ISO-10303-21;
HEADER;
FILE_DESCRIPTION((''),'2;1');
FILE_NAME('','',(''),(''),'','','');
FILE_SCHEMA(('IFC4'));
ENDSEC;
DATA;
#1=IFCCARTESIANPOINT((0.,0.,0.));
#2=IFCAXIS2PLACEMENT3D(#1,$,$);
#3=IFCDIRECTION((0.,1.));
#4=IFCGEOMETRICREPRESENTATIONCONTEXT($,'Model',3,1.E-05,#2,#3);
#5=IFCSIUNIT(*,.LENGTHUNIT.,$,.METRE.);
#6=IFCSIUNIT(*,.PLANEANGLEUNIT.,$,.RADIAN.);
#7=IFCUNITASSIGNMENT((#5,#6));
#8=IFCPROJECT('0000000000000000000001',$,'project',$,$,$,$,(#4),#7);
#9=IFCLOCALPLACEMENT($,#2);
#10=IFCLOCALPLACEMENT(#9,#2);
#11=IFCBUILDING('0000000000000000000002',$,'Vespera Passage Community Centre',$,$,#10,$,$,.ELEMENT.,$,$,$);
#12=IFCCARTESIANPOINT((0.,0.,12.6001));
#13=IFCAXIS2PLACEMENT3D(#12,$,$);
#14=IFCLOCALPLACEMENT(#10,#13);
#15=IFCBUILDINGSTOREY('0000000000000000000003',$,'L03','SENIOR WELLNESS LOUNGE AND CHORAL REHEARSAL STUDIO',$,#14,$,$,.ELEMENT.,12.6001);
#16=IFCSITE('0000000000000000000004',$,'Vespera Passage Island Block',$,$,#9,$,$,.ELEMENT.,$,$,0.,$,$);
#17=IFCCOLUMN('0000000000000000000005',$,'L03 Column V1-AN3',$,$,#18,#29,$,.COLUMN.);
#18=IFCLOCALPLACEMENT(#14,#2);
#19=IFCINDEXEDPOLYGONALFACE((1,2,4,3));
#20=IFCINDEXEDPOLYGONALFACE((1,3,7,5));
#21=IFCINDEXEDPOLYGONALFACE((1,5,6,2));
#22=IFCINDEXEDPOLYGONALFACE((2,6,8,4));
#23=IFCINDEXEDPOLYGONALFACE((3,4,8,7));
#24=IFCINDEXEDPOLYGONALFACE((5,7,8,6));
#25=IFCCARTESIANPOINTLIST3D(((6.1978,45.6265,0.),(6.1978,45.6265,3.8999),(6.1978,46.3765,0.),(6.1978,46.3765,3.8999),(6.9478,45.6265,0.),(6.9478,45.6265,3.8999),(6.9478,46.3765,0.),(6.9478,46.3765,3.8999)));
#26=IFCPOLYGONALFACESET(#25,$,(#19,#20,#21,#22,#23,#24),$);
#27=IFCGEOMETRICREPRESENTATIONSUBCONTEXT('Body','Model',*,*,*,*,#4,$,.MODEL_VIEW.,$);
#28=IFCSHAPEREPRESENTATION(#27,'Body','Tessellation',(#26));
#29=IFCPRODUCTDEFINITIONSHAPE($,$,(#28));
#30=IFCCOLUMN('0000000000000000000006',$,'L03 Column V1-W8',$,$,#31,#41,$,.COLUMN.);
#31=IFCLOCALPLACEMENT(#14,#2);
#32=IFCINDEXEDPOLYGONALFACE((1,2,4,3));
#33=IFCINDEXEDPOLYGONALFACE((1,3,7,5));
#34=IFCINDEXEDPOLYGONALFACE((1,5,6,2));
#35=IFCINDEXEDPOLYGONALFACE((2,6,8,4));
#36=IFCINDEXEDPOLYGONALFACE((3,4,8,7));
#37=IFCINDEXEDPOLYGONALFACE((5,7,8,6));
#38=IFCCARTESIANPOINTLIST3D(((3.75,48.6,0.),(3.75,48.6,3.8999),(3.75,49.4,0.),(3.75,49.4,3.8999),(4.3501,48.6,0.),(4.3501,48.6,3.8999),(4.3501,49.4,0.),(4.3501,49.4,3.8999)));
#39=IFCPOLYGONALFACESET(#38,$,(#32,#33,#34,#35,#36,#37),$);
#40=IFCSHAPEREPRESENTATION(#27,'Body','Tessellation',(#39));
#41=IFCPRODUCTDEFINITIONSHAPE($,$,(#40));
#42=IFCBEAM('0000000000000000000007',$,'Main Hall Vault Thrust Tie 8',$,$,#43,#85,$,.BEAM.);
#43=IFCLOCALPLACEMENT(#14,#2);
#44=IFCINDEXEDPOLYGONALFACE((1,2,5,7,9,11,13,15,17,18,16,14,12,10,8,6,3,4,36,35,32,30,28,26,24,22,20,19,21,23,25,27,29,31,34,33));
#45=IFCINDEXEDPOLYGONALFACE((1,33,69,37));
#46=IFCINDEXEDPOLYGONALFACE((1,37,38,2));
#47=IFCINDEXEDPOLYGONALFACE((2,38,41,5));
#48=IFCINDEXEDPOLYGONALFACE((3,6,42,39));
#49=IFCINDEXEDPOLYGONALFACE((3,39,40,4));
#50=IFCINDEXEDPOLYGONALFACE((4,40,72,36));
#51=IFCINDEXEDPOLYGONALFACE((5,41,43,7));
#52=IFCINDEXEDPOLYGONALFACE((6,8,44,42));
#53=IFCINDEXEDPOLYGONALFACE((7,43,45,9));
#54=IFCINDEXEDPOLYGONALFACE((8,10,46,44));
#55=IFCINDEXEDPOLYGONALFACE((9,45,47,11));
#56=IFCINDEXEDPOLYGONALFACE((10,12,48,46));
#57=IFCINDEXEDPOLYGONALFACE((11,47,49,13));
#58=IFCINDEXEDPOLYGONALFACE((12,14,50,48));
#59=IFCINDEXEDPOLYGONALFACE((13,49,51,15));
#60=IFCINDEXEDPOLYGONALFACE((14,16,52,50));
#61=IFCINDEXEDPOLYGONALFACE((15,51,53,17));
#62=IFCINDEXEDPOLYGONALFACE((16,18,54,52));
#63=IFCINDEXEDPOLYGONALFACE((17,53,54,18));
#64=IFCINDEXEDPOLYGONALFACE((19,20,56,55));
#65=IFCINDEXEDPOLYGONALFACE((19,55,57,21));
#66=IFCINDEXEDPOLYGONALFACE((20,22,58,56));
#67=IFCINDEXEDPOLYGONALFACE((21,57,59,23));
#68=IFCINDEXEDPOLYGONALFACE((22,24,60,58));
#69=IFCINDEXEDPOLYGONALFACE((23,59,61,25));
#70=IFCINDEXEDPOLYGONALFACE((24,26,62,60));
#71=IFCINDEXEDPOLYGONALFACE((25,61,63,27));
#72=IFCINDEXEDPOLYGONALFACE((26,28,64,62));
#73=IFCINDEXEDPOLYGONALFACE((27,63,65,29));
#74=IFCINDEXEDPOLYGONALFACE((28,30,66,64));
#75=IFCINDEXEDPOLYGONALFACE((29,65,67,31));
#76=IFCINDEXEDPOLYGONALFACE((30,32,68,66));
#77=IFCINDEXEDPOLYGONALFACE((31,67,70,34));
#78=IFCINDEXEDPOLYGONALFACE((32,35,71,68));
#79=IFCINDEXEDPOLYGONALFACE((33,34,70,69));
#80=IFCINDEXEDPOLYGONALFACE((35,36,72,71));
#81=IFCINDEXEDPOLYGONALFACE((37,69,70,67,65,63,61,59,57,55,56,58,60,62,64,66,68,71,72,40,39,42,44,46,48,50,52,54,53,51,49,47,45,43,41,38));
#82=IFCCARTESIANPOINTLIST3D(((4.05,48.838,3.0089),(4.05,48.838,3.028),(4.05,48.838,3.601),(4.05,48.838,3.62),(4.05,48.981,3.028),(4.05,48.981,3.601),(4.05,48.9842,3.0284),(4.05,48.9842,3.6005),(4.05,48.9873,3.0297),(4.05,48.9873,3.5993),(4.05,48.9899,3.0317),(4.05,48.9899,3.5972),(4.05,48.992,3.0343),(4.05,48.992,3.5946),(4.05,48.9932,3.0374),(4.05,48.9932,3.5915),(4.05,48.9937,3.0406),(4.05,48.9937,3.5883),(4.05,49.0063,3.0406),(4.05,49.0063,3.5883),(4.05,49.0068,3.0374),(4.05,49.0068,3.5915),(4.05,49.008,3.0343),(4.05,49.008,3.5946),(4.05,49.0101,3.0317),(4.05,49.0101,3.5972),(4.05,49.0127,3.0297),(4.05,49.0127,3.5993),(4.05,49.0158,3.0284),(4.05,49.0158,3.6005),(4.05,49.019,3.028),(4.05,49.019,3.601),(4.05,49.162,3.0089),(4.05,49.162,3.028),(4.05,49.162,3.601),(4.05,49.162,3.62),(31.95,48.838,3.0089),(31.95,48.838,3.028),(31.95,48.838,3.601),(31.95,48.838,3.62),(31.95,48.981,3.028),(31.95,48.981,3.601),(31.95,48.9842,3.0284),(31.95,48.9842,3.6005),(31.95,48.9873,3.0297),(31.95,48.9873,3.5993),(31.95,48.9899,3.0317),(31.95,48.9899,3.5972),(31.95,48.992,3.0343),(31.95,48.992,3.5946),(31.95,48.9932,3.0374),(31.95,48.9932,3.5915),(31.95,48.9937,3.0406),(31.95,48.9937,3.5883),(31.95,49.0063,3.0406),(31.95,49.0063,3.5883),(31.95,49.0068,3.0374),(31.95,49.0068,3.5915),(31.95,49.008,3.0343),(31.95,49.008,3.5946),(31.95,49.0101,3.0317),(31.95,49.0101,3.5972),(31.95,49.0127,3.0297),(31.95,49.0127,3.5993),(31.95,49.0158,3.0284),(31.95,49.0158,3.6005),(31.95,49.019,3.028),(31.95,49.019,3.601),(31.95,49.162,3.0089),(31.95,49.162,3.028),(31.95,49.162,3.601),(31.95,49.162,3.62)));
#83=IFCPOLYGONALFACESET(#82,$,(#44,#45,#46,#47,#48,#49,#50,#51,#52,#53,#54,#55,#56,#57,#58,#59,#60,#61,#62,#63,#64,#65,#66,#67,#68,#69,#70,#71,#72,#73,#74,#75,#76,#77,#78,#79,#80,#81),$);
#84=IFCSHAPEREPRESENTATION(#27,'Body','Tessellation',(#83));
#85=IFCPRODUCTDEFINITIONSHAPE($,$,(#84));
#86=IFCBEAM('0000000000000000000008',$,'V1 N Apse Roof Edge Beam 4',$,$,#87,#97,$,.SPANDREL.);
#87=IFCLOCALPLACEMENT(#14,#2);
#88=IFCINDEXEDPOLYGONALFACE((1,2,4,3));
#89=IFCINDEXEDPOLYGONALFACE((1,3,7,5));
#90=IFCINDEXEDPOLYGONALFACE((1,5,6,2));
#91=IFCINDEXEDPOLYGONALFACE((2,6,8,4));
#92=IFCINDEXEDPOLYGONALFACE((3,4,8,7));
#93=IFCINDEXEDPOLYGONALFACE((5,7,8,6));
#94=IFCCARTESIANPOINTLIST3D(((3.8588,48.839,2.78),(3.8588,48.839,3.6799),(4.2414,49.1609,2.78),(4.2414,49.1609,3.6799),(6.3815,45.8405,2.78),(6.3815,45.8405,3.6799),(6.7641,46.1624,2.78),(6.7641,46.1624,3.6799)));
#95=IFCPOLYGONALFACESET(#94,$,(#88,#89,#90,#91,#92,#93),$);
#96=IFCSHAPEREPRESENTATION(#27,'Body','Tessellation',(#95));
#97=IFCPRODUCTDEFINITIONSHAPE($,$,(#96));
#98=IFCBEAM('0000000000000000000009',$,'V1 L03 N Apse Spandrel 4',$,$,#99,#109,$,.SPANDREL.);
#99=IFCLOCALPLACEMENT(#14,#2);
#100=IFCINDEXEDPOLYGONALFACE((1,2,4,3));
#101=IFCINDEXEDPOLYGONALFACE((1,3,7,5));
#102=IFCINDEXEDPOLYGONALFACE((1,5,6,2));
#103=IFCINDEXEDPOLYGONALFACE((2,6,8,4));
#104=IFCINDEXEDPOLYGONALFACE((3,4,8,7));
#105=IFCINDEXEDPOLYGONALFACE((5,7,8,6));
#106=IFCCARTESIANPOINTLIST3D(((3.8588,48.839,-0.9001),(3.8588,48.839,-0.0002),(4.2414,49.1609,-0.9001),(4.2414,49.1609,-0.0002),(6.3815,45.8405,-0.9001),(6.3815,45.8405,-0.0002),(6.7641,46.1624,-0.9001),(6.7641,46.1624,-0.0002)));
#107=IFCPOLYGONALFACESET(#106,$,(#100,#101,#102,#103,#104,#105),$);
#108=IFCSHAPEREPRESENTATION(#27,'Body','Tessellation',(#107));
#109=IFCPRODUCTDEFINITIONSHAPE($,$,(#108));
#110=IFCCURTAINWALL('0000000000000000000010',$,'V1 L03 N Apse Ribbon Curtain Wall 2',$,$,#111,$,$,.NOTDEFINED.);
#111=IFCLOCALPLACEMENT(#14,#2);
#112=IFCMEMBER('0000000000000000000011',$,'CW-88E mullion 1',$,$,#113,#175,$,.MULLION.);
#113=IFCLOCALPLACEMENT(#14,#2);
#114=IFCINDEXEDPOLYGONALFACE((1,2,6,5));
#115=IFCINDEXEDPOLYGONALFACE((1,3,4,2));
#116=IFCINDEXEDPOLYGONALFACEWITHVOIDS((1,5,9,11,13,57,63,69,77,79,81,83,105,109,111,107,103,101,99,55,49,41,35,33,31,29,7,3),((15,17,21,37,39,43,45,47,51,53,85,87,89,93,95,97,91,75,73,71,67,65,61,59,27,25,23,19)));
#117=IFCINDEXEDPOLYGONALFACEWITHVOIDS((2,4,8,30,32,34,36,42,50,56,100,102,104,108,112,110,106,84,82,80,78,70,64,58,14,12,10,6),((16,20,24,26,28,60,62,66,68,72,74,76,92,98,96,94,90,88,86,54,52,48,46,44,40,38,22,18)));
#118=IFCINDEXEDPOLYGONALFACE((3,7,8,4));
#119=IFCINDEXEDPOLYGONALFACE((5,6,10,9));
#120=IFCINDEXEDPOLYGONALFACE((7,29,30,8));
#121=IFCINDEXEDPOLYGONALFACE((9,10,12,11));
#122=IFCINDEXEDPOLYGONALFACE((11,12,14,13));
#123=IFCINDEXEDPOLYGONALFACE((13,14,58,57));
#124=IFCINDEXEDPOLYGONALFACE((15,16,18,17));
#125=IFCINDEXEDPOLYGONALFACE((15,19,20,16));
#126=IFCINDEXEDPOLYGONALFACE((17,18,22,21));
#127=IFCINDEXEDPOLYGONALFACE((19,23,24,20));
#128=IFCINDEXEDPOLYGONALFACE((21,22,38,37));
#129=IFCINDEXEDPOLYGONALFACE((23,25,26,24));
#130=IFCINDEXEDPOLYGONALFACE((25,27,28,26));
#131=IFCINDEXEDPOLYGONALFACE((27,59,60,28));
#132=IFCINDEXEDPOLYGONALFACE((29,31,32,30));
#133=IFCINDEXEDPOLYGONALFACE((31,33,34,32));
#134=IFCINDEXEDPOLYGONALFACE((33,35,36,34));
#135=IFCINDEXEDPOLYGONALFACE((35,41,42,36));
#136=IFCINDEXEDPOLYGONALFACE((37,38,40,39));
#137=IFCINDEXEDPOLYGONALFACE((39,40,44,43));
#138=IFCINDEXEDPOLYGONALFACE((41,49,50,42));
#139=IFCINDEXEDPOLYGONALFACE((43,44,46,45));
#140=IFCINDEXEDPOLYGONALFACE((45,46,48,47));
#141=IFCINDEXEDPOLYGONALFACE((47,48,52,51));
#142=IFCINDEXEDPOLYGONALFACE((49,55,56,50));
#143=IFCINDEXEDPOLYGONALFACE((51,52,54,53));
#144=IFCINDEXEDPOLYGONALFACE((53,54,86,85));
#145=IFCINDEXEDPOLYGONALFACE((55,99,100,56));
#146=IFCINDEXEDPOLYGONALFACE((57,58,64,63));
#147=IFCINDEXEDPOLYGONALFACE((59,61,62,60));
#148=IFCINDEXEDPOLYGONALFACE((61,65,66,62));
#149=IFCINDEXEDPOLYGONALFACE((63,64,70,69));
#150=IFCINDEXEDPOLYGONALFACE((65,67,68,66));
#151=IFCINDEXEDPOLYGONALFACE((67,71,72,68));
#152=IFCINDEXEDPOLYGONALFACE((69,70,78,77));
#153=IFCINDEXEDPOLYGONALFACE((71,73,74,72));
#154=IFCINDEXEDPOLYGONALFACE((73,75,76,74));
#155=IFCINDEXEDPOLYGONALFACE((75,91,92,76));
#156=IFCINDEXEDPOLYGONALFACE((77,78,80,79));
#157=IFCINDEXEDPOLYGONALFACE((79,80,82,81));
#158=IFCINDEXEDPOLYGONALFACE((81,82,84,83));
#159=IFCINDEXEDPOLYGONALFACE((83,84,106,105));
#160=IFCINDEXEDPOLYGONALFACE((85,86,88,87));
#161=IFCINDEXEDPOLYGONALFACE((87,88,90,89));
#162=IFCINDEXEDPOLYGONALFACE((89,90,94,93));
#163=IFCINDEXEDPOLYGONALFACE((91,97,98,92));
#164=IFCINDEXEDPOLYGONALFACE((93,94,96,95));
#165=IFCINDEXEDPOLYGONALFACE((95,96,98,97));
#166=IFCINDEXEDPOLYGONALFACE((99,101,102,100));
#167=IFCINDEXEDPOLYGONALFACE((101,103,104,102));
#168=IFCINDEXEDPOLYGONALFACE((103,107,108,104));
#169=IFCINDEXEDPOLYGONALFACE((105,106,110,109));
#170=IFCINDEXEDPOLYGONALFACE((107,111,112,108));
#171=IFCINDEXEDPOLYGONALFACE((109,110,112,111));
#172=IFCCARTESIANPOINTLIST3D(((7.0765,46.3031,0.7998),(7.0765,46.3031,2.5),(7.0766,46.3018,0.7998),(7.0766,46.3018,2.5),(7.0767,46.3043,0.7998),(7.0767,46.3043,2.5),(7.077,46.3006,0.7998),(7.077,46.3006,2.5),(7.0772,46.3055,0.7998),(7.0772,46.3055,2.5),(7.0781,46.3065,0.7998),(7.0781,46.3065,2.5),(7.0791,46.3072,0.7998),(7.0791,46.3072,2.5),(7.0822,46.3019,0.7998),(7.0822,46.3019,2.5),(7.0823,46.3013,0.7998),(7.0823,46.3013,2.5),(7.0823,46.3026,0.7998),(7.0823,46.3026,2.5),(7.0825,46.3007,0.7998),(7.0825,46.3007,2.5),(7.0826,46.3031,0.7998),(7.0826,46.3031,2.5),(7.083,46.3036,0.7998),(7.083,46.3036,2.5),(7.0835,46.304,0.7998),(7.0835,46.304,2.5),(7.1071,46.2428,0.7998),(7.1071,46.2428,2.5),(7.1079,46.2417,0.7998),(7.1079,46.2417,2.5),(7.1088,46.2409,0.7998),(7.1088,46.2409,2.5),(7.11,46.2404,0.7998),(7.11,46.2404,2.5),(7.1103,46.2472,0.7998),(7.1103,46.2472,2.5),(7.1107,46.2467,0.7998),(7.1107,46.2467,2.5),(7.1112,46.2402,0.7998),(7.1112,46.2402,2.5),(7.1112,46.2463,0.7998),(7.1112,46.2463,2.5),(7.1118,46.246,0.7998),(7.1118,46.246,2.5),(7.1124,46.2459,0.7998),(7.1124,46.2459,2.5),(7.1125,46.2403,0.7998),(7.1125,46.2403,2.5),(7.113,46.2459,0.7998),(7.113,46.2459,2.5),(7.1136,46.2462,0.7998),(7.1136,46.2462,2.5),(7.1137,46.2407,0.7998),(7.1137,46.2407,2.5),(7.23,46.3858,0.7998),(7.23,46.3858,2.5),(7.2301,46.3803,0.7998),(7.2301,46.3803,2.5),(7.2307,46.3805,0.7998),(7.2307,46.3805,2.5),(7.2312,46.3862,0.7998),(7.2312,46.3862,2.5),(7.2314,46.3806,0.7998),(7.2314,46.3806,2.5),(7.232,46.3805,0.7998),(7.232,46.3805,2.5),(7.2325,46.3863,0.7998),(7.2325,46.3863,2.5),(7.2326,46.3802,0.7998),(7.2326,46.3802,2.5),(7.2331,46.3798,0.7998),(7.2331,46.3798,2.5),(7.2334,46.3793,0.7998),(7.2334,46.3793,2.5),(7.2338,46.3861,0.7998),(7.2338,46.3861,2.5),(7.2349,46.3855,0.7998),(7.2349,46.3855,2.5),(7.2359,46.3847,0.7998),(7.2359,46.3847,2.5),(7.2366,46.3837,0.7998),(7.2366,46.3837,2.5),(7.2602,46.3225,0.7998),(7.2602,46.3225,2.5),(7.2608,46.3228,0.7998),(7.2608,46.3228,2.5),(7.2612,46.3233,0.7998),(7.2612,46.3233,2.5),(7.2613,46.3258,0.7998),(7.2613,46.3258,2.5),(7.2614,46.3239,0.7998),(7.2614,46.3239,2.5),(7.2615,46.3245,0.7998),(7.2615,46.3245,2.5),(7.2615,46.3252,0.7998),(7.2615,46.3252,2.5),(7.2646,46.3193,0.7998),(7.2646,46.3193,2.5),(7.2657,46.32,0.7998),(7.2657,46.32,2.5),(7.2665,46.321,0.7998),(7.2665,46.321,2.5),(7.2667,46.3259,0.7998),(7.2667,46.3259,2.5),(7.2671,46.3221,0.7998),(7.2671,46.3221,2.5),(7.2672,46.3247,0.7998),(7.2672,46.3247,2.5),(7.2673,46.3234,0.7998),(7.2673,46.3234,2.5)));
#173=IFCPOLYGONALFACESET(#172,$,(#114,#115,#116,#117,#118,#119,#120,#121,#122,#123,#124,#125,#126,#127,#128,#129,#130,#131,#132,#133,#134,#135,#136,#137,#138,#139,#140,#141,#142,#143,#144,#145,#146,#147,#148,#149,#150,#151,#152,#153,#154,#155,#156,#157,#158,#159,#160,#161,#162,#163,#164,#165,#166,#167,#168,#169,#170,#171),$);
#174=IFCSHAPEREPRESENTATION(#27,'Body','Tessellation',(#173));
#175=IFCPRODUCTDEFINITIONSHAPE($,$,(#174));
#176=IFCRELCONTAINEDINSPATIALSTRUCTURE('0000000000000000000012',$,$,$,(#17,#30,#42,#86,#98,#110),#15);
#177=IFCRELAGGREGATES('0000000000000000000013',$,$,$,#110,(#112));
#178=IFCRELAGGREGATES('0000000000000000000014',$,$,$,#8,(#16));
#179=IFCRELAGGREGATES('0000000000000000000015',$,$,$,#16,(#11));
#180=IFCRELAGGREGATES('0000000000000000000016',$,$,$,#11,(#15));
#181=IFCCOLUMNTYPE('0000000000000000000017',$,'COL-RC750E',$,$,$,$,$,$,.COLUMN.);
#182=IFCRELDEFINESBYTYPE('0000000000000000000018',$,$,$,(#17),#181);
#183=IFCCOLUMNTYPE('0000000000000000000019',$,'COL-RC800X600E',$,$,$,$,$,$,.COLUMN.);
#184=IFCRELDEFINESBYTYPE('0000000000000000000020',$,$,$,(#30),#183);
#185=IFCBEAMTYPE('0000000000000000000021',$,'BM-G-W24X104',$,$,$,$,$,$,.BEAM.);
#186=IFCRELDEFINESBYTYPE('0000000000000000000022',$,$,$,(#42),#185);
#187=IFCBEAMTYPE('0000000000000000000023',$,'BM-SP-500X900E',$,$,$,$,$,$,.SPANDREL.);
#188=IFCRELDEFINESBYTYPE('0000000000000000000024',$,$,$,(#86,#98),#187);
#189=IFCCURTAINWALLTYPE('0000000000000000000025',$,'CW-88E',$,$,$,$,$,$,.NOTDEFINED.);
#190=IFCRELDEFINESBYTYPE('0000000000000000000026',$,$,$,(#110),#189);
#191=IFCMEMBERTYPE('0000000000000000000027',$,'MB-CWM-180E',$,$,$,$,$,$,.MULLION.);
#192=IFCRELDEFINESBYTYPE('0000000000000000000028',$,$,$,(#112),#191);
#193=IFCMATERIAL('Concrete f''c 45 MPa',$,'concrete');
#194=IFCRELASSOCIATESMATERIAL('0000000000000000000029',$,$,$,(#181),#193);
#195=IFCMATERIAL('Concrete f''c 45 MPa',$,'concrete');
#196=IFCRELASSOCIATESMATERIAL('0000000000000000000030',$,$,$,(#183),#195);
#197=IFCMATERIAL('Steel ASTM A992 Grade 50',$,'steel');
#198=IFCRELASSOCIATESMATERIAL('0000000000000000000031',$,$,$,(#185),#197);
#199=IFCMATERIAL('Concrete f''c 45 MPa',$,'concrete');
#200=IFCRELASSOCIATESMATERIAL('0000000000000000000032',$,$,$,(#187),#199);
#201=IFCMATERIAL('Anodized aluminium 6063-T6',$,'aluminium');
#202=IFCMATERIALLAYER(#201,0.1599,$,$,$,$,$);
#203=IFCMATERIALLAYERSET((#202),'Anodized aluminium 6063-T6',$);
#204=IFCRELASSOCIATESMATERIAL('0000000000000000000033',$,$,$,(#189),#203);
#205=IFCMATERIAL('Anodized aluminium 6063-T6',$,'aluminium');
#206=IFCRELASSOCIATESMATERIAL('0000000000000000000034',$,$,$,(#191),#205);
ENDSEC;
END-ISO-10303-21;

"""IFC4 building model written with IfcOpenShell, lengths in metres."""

from ifc_helpers import new_model, si_unit, direction, frame, origin, origin_2d, place, context, subcontext, project, spatial, rectangle, hollow_rectangle, i_section, extrude, material, layer, layer_set, material_profile, profile_set, type_object, element, aggregate, save


model = new_model("IFC4")

# Units and contexts
model_context = context("Model", 3, precision=1e-05, world=origin(), true_north=direction((0.0, 1.0)))
body_context = subcontext(model_context, "Body", "Model", "MODEL_VIEW")
ifc_project = project(units=[si_unit("LENGTHUNIT", "METRE"), si_unit("PLANEANGLEUNIT", "RADIAN")], contexts=[model_context])

# Site, building, storey
site_placement = place(None, origin())
site = spatial("IfcSite", under=ifc_project, at=site_placement, Name="Vespera Passage Island Block", CompositionType="ELEMENT", RefElevation=0.0)
building_placement = place(site_placement, origin())
building = spatial("IfcBuilding", under=site, at=building_placement, Name="Vespera Passage Community Centre", CompositionType="ELEMENT")
storey_placement = place(building_placement, frame((0.0, 0.0, 12.6001)))
storey = spatial("IfcBuildingStorey", under=building, at=storey_placement, Name="L03", Description="SENIOR WELLNESS LOUNGE AND CHORAL REHEARSAL STUDIO", CompositionType="ELEMENT", Elevation=12.6001)

# Columns
ifc_material_1 = material(Name="Concrete f'c 45 MPa", Category="concrete")
ifc_material_profile_1 = material_profile(ifc_material_1, rectangle(XDim=0.75, YDim=0.75, at=origin_2d()), Name="RC750X750")
ifc_profile_set_1 = profile_set([ifc_material_profile_1], Name="Concrete f'c 45 MPa")
column_type_1 = type_object("IfcColumnType", Name="COL-RC750E", PredefinedType="COLUMN", material=ifc_profile_set_1)
column_1_placement = place(storey_placement, frame((6.5728, 46.0015, 0.0), z_axis=(0.0, 0.0, 1.0), x_axis=(1.0, 0.0, 0.0)))
element("IfcColumn", 1, at=column_1_placement, inside=storey, type_object=column_type_1, Name="L03 Column V1-AN3", PredefinedType="COLUMN", context=body_context, shape_type="SweptSolid", body=[
    extrude(rectangle(XDim=0.75, YDim=0.75, at=origin_2d()), origin(), (0.0, 0.0, 1.0), 3.8999),
])
ifc_material_2 = material(Name="Concrete f'c 45 MPa", Category="concrete")
ifc_material_profile_2 = material_profile(ifc_material_2, rectangle(XDim=0.6001, YDim=0.8, at=origin_2d()), Name="RC800X600")
ifc_profile_set_2 = profile_set([ifc_material_profile_2], Name="Concrete f'c 45 MPa")
column_type_2 = type_object("IfcColumnType", Name="COL-RC800X600E", PredefinedType="COLUMN", material=ifc_profile_set_2)
column_2_placement = place(storey_placement, frame((4.05, 49.0, 0.0), z_axis=(0.0, 0.0, 1.0), x_axis=(1.0, 0.0, 0.0)))
element("IfcColumn", 2, at=column_2_placement, inside=storey, type_object=column_type_2, Name="L03 Column V1-W8", PredefinedType="COLUMN", context=body_context, shape_type="SweptSolid", body=[
    extrude(rectangle(XDim=0.6001, YDim=0.8, at=origin_2d()), origin(), (0.0, 0.0, 1.0), 3.8999),
])

# Beams
ifc_material_3 = material(Name="Steel ASTM A992 Grade 50", Category="steel")
ifc_material_profile_3 = material_profile(ifc_material_3, i_section(OverallWidth=0.324, OverallDepth=0.6111, WebThickness=0.0127, FlangeThickness=0.019, FilletRadius=0.0127, at=origin_2d()), Name="W24X104")
ifc_profile_set_3 = profile_set([ifc_material_profile_3], Name="Steel ASTM A992 Grade 50")
beam_type_1 = type_object("IfcBeamType", Name="BM-G-W24X104", PredefinedType="BEAM", material=ifc_profile_set_3)
beam_placement = place(storey_placement, frame((4.05, 49.0, 3.3145), z_axis=(1.0, 0.0, 0.0), x_axis=(0.0, 1.0, 0.0)))
element("IfcBeam", 3, at=beam_placement, inside=storey, type_object=beam_type_1, Name="Main Hall Vault Thrust Tie 8", PredefinedType="BEAM", context=body_context, shape_type="SweptSolid", body=[
    extrude(i_section(OverallWidth=0.324, OverallDepth=0.6111, WebThickness=0.0127, FlangeThickness=0.019, FilletRadius=0.0127, at=origin_2d()), origin(), (0.0, 0.0, 1.0), 27.8999),
])
ifc_material_4 = material(Name="Concrete f'c 45 MPa", Category="concrete")
ifc_material_profile_4 = material_profile(ifc_material_4, rectangle(XDim=0.5, YDim=0.8999, at=origin_2d()), Name="RC500X900")
ifc_profile_set_4 = profile_set([ifc_material_profile_4], Name="Concrete f'c 45 MPa")
beam_type_2 = type_object("IfcBeamType", Name="BM-SP-500X900E", PredefinedType="SPANDREL", material=ifc_profile_set_4)
for number, where, z_axis, x_axis, name in (
    (4, (6.5728, 46.0015, 3.23), (-0.643781, 0.76521, 0.0), (-0.76521, -0.643781, 0.0), "V1 N Apse Roof Edge Beam 4"),
    (5, (6.5728, 46.0015, -0.4502), (-0.643781, 0.76521, 0.0), (-0.76521, -0.643781, 0.0), "V1 L03 N Apse Spandrel 4"),
):
    element("IfcBeam", number, at=place(storey_placement, frame(where, z_axis=z_axis, x_axis=x_axis)), inside=storey, type_object=beam_type_2, Name=name, PredefinedType="SPANDREL", context=body_context, shape_type="SweptSolid", body=[
        extrude(rectangle(XDim=0.5, YDim=0.8999, at=origin_2d()), origin(), (0.0, 0.0, 1.0), 3.9185),
    ])

# Curtain wall, member
ifc_material_5 = material(Name="Anodized aluminium 6063-T6", Category="aluminium")
ifc_layer_1 = layer(ifc_material_5, 0.1599)
ifc_layer_set_1 = layer_set([ifc_layer_1], Name="Anodized aluminium 6063-T6")
curtain_wall_type = type_object("IfcCurtainWallType", Name="CW-88E", PredefinedType="NOTDEFINED", material=ifc_layer_set_1)
curtain_wall_placement = place(storey_placement, origin())
curtain_wall = element("IfcCurtainWall", 6, at=curtain_wall_placement, inside=storey, type_object=curtain_wall_type, Name="V1 L03 N Apse Ribbon Curtain Wall 2", PredefinedType="NOTDEFINED")
ifc_material_6 = material(Name="Anodized aluminium 6063-T6", Category="aluminium")
ifc_material_profile_5 = material_profile(ifc_material_6, hollow_rectangle(XDim=0.075, YDim=0.1799, WallThickness=0.0049, InnerFilletRadius=0.0024, OuterFilletRadius=0.0049, at=origin_2d()), Name="ALU180X75X5")
ifc_profile_set_5 = profile_set([ifc_material_profile_5], Name="Anodized aluminium 6063-T6")
member_type_1 = type_object("IfcMemberType", Name="MB-CWM-180E", PredefinedType="MULLION", material=ifc_profile_set_5)
member_1_placement = place(storey_placement, frame((7.1719, 46.3132, 0.7998), z_axis=(0.0, 0.0, 1.0), x_axis=(-0.461745, 0.887013, 0.0)))
member_1 = element("IfcMember", 7, at=member_1_placement, type_object=member_type_1, Name="CW-88E mullion 1", PredefinedType="MULLION", context=body_context, shape_type="SweptSolid", body=[
    extrude(hollow_rectangle(XDim=0.075, YDim=0.1799, WallThickness=0.0049, InnerFilletRadius=0.0024, OuterFilletRadius=0.0049, at=origin_2d()), origin(), (0.0, 0.0, 1.0), 1.7002),
])
aggregate(curtain_wall, [member_1])

save(model, "model.ifc")
